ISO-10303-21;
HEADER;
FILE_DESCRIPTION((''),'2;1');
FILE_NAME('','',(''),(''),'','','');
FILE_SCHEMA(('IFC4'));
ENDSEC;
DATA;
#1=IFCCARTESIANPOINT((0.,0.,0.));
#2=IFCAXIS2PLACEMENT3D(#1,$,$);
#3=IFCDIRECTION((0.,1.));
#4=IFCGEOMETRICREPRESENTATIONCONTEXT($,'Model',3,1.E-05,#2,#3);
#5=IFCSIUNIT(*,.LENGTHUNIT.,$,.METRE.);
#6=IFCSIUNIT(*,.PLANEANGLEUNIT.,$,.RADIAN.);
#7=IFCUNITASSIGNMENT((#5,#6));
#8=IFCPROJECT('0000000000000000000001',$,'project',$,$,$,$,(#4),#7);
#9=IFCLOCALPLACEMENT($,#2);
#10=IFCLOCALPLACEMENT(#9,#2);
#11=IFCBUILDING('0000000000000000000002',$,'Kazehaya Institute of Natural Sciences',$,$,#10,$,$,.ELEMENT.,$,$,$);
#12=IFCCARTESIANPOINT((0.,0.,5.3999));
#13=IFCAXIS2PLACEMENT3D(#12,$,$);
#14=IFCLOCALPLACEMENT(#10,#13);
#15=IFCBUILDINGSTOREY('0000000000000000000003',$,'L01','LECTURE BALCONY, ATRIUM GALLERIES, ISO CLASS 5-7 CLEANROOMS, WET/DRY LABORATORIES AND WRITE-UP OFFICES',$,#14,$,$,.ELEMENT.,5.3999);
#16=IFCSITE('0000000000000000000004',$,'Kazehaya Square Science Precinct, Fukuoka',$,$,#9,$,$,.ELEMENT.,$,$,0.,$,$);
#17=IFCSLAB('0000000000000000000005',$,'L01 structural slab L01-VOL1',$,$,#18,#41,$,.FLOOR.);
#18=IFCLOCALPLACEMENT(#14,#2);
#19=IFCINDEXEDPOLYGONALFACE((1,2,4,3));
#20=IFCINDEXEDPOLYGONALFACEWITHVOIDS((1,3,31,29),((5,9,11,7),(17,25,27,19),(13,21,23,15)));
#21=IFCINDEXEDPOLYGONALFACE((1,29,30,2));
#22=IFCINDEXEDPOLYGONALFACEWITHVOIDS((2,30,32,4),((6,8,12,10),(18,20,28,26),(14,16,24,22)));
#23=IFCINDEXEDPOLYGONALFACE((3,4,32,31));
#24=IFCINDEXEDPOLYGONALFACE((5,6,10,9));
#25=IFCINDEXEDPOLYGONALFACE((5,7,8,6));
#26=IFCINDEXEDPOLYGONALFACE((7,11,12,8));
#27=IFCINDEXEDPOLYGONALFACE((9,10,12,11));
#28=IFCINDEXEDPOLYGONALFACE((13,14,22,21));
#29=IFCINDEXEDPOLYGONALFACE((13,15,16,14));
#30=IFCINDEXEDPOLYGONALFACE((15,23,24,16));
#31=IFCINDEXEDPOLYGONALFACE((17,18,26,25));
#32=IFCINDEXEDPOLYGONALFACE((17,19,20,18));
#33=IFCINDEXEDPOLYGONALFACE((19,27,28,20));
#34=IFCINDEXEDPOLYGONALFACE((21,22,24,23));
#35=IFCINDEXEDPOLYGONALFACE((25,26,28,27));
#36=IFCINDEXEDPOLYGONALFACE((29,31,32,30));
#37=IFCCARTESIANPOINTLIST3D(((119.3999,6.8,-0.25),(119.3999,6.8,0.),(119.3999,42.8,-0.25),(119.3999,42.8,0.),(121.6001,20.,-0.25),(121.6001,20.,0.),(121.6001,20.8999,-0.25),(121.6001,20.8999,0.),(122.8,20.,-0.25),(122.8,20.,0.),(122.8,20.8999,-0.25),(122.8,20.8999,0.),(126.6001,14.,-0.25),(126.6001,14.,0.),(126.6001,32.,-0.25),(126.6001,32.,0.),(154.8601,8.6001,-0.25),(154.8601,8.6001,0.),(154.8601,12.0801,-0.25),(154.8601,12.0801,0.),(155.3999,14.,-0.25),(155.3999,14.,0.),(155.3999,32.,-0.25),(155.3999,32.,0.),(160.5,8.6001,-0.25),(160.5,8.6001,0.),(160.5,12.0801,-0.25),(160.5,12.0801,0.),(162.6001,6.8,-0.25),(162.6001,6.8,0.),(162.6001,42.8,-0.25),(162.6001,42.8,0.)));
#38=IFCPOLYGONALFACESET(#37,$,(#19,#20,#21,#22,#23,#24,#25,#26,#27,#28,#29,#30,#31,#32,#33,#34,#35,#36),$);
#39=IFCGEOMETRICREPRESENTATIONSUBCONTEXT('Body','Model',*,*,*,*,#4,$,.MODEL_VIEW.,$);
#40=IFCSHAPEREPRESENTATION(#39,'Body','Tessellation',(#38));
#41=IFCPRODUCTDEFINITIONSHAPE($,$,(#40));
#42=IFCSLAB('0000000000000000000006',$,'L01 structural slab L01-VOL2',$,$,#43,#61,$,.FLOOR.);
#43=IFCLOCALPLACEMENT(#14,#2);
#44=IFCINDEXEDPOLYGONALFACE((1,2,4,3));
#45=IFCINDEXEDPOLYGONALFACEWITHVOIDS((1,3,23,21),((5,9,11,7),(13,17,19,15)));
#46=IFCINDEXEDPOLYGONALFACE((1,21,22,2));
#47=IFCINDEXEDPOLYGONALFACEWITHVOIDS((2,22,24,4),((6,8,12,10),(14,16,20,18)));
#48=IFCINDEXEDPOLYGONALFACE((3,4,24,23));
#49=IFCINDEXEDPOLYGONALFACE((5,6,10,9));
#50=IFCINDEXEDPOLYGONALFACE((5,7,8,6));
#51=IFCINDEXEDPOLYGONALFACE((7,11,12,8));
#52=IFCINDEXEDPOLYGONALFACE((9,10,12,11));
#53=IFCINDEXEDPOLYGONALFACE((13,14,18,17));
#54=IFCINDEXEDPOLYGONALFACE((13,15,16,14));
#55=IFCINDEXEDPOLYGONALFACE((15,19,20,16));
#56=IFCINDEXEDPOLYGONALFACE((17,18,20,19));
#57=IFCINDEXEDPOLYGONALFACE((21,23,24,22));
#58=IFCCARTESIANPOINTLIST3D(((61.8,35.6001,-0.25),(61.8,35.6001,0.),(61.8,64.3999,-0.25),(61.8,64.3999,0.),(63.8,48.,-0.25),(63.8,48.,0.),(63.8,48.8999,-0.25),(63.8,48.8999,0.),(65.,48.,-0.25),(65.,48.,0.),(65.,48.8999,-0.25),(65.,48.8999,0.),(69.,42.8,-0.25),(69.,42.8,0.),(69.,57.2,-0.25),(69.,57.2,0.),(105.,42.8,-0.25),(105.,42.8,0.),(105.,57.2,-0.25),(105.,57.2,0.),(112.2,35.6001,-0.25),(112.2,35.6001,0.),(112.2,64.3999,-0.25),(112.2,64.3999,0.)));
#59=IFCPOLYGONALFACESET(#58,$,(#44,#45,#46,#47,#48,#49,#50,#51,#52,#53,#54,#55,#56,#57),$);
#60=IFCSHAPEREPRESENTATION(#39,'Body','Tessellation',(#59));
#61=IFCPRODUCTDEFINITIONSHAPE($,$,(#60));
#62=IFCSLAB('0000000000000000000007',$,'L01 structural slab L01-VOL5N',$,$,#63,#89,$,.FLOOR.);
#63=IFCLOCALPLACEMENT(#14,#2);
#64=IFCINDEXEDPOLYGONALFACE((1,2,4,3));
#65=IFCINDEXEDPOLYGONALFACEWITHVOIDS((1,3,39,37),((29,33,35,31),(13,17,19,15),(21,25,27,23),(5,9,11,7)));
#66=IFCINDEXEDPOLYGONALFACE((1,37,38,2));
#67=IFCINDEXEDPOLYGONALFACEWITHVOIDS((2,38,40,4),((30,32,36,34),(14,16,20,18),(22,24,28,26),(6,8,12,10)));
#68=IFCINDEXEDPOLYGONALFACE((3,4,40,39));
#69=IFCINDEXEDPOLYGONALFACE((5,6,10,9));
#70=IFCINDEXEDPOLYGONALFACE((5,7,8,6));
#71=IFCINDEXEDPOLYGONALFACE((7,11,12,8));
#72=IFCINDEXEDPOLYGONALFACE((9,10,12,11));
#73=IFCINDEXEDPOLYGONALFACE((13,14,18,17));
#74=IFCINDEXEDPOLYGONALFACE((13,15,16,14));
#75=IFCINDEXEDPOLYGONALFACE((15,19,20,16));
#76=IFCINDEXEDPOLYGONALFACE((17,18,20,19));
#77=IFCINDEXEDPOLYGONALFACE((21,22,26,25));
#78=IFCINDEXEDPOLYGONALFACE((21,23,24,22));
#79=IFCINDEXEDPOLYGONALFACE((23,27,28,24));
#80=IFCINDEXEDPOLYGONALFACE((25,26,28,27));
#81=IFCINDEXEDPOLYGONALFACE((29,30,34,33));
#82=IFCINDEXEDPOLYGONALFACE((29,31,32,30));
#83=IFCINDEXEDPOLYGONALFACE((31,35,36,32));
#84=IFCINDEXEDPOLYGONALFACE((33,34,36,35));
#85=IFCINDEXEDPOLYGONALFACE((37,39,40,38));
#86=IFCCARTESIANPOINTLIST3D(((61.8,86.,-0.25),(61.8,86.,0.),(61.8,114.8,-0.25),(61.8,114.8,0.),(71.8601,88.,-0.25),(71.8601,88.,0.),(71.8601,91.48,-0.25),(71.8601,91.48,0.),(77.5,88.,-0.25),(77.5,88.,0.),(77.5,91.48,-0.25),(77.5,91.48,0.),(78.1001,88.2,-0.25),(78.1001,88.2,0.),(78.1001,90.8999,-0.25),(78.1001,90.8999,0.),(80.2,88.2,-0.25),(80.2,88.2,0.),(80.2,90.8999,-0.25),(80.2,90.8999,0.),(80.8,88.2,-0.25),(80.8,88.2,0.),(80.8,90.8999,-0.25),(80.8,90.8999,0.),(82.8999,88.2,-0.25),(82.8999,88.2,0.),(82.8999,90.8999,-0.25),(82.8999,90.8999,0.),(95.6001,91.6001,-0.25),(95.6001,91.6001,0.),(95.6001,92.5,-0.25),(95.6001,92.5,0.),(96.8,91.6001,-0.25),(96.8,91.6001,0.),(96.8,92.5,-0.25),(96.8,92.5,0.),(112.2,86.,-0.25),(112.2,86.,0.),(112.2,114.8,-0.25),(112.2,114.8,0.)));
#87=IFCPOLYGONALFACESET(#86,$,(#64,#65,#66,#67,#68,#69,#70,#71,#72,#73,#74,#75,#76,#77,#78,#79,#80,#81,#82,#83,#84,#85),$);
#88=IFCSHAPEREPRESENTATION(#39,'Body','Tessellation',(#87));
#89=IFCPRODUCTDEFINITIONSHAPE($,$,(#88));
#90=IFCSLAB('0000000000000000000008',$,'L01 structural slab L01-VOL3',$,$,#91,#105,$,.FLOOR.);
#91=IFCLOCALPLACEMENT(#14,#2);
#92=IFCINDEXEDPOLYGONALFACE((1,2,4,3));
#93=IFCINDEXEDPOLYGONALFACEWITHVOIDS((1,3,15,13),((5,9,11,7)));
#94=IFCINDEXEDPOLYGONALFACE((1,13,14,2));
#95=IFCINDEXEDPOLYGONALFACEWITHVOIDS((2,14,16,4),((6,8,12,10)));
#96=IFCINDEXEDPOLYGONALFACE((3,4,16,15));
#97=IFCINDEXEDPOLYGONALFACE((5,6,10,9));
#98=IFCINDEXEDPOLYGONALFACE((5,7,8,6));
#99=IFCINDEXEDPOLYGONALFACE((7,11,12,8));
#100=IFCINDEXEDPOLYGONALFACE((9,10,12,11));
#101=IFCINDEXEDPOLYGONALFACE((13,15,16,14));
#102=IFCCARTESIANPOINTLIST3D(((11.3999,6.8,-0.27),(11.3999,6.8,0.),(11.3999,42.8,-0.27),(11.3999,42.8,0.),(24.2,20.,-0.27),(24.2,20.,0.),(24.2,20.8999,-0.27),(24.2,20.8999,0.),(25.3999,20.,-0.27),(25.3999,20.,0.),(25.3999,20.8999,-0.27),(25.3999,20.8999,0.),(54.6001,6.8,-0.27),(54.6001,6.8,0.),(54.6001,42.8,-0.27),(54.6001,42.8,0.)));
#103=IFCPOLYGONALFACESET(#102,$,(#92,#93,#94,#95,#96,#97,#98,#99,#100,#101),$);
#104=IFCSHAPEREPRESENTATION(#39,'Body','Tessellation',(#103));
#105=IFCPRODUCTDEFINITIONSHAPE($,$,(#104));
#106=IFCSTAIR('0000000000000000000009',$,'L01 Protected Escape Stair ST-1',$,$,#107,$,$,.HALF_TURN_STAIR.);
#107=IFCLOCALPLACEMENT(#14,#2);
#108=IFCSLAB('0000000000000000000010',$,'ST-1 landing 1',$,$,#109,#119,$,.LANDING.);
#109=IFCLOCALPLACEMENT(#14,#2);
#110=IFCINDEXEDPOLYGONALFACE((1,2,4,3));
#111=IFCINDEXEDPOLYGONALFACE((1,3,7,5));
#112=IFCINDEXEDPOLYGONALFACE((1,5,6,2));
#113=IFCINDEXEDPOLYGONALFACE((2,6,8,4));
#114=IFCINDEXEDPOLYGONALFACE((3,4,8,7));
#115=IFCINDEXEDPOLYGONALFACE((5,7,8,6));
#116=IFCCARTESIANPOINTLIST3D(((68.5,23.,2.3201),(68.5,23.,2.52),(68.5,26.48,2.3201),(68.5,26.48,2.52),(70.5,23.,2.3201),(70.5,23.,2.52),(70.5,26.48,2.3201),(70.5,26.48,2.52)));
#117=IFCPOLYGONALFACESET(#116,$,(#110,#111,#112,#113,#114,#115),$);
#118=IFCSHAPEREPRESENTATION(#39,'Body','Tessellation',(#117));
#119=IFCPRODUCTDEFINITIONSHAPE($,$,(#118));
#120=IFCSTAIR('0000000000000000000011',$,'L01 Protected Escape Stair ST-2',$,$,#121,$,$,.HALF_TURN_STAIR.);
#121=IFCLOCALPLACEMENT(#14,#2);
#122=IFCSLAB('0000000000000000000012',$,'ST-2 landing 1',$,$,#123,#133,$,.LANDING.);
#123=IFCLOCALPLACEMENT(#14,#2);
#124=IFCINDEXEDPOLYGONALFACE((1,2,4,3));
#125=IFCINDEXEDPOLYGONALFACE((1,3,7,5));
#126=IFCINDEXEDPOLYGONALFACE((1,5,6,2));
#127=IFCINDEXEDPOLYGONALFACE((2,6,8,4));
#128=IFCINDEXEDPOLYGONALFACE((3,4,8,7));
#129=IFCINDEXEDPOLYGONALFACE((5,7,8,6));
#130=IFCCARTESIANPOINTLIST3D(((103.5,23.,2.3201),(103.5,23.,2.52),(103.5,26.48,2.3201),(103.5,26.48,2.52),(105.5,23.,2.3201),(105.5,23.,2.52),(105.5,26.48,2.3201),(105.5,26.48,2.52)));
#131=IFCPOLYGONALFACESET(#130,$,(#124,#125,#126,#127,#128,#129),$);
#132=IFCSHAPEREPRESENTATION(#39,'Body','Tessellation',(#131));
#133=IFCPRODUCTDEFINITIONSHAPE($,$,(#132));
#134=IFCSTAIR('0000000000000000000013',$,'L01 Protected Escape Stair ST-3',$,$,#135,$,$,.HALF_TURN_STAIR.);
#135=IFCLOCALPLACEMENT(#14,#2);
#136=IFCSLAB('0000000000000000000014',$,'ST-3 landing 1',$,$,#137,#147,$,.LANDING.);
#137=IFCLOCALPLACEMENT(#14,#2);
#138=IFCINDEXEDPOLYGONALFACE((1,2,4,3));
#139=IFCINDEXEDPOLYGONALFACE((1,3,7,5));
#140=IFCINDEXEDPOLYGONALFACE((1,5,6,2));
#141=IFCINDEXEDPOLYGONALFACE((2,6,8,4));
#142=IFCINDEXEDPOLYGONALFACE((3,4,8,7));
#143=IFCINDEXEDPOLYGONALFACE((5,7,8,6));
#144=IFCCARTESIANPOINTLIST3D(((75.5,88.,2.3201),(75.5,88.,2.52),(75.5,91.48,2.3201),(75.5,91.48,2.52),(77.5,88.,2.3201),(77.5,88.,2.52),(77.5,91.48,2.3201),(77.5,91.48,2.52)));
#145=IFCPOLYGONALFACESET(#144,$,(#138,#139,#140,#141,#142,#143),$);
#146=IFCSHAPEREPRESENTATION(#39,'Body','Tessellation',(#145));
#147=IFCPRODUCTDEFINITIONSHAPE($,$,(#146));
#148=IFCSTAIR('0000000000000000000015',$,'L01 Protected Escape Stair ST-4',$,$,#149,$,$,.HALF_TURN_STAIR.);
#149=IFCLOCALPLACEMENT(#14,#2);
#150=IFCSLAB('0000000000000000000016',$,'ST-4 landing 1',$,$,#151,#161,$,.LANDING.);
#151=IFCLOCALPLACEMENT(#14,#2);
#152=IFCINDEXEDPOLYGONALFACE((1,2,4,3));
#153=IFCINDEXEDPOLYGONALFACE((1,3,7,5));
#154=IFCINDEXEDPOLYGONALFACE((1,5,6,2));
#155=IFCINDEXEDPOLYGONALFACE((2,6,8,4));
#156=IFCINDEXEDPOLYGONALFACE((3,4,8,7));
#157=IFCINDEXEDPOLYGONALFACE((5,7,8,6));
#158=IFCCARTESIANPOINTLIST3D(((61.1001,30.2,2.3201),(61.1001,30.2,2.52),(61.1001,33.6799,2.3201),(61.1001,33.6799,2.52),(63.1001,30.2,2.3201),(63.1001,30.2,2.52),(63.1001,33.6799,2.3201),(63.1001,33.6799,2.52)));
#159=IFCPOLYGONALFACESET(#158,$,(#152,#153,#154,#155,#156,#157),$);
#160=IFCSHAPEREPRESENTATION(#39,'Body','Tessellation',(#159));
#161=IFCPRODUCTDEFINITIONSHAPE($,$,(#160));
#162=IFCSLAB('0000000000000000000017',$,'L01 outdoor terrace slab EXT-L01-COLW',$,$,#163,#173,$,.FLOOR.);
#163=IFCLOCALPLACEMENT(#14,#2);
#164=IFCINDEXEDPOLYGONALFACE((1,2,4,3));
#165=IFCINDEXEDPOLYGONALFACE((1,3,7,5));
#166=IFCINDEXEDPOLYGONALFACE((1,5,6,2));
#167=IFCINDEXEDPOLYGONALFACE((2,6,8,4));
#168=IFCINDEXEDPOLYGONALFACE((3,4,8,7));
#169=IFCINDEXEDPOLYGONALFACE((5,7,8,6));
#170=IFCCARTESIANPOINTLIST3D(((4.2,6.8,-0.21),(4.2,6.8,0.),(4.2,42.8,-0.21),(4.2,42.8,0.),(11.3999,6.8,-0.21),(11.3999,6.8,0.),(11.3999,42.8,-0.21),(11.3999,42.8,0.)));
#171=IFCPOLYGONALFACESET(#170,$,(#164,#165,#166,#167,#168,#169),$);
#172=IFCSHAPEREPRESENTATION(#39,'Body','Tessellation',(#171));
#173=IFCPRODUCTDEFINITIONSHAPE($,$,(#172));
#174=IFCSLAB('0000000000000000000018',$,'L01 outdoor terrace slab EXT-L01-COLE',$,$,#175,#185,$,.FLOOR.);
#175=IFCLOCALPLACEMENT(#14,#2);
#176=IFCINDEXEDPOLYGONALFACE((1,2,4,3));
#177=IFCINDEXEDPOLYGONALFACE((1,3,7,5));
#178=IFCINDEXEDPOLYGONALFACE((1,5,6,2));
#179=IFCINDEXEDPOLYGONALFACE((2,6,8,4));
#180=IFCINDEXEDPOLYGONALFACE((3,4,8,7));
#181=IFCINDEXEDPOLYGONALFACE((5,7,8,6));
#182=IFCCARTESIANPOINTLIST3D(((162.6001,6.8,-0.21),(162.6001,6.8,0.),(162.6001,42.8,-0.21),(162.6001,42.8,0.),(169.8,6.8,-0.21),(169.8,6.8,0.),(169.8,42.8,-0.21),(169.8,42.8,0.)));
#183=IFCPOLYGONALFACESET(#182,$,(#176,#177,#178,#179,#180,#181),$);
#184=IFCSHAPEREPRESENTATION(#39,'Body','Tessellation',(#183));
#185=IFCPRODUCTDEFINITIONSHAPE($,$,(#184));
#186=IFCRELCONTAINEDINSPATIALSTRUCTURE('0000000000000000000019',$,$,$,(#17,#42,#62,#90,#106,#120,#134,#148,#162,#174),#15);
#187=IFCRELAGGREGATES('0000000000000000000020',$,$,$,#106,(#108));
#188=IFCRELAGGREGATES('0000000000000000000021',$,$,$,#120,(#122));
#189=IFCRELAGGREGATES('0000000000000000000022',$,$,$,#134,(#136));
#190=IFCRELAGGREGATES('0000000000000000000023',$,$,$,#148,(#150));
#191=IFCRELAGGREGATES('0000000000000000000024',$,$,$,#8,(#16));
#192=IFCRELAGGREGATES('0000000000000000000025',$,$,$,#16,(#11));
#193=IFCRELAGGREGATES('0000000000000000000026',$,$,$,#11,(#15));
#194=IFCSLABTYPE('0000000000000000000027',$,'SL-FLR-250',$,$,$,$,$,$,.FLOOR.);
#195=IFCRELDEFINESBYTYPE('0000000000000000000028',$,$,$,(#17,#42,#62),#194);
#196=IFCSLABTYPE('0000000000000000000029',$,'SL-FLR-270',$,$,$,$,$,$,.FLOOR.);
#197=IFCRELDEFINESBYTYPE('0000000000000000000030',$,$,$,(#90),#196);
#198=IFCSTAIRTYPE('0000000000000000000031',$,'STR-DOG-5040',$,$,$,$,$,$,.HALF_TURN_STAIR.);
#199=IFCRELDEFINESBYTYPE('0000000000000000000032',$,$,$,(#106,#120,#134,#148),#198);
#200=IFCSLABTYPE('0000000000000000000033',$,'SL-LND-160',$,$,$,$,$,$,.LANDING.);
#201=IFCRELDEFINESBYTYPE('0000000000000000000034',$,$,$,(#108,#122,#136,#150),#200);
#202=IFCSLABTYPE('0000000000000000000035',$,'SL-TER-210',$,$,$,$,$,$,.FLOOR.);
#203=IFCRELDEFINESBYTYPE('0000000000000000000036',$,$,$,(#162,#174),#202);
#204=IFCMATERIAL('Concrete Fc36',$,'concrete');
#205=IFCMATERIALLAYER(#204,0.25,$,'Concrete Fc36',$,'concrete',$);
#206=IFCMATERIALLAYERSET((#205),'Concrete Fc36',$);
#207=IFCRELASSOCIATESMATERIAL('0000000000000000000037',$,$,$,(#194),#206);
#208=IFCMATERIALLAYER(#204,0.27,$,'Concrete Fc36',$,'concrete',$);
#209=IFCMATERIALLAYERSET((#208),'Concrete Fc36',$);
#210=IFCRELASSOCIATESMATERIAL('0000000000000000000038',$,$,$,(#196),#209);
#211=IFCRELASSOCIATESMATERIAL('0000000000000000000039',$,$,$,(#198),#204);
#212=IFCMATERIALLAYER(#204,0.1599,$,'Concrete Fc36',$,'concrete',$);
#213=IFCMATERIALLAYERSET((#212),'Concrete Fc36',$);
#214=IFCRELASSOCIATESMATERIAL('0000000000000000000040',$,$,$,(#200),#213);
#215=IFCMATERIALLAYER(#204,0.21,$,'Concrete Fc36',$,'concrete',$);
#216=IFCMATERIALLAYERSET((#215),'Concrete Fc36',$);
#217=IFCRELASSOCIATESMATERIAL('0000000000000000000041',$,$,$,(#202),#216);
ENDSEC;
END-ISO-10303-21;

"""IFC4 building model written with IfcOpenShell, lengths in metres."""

from ifc_helpers import new_model, si_unit, direction, frame, origin, place, context, subcontext, project, spatial, polyline, outline, extrude, material, layer, layer_set, type_object, element, aggregate, save


model = new_model("IFC4")

# Units and contexts
model_context = context("Model", 3, precision=1e-05, world=origin(), true_north=direction((0.0, 1.0)))
body_context = subcontext(model_context, "Body", "Model", "MODEL_VIEW")
ifc_project = project(units=[si_unit("LENGTHUNIT", "METRE"), si_unit("PLANEANGLEUNIT", "RADIAN")], contexts=[model_context])

# Site, building, storey
site_placement = place(None, origin())
site = spatial("IfcSite", under=ifc_project, at=site_placement, Name="Kazehaya Square Science Precinct, Fukuoka", CompositionType="ELEMENT", RefElevation=0.0)
building_placement = place(site_placement, origin())
building = spatial("IfcBuilding", under=site, at=building_placement, Name="Kazehaya Institute of Natural Sciences", CompositionType="ELEMENT")
storey_placement = place(building_placement, frame((0.0, 0.0, 5.3999)))
storey = spatial("IfcBuildingStorey", under=building, at=storey_placement, Name="L01", Description="LECTURE BALCONY, ATRIUM GALLERIES, ISO CLASS 5-7 CLEANROOMS, WET/DRY LABORATORIES AND WRITE-UP OFFICES", CompositionType="ELEMENT", Elevation=5.3999)

# Shared definitions
ifc_material_1 = material(Name="Concrete Fc36", Category="concrete")

# Slabs
ifc_layer_1 = layer(ifc_material_1, 0.25, Name="Concrete Fc36", Category="concrete")
ifc_layer_set_1 = layer_set([ifc_layer_1], Name="Concrete Fc36")
slab_type_1 = type_object("IfcSlabType", Name="SL-FLR-250", PredefinedType="FLOOR", material=ifc_layer_set_1)
slab_1_placement = place(storey_placement, frame((0.0, 0.0, -0.25)))
element("IfcSlab", 1, at=slab_1_placement, inside=storey, type_object=slab_type_1, Name="L01 structural slab L01-VOL1", PredefinedType="FLOOR", context=body_context, shape_type="SweptSolid", body=[
    extrude(outline(polyline([(119.3999, 6.8), (162.6001, 6.8), (162.6001, 42.8), (119.3999, 42.8), (119.3999, 6.8)]), holes=[polyline([(121.6001, 20.0), (122.8, 20.0), (122.8, 20.8999), (121.6001, 20.8999), (121.6001, 20.0)]), polyline([(154.8601, 8.6001), (160.5, 8.6001), (160.5, 12.0801), (154.8601, 12.0801), (154.8601, 8.6001)]), polyline([(126.6001, 14.0), (155.3999, 14.0), (155.3999, 32.0), (126.6001, 32.0), (126.6001, 14.0)])]), origin(), (0.0, 0.0, 1.0), 0.25),
])
slab_2_placement = place(storey_placement, frame((0.0, 0.0, -0.25)))
element("IfcSlab", 2, at=slab_2_placement, inside=storey, type_object=slab_type_1, Name="L01 structural slab L01-VOL2", PredefinedType="FLOOR", context=body_context, shape_type="SweptSolid", body=[
    extrude(outline(polyline([(61.8, 35.6001), (112.2, 35.6001), (112.2, 64.3999), (61.8, 64.3999), (61.8, 35.6001)]), holes=[polyline([(63.8, 48.0), (65.0, 48.0), (65.0, 48.8999), (63.8, 48.8999), (63.8, 48.0)]), polyline([(69.0, 42.8), (105.0, 42.8), (105.0, 57.2), (69.0, 57.2), (69.0, 42.8)])]), origin(), (0.0, 0.0, 1.0), 0.25),
])
slab_3_placement = place(storey_placement, frame((0.0, 0.0, -0.25)))
element("IfcSlab", 3, at=slab_3_placement, inside=storey, type_object=slab_type_1, Name="L01 structural slab L01-VOL5N", PredefinedType="FLOOR", context=body_context, shape_type="SweptSolid", body=[
    extrude(outline(polyline([(61.8, 86.0), (112.2, 86.0), (112.2, 114.8), (61.8, 114.8), (61.8, 86.0)]), holes=[polyline([(95.6001, 91.6001), (96.8, 91.6001), (96.8, 92.5), (95.6001, 92.5), (95.6001, 91.6001)]), polyline([(71.8601, 88.0), (77.5, 88.0), (77.5, 91.48), (71.8601, 91.48), (71.8601, 88.0)]), polyline([(78.1001, 88.2), (80.2, 88.2), (80.2, 90.8999), (78.1001, 90.8999), (78.1001, 88.2)]), polyline([(80.8, 88.2), (82.8999, 88.2), (82.8999, 90.8999), (80.8, 90.8999), (80.8, 88.2)])]), origin(), (0.0, 0.0, 1.0), 0.25),
])
ifc_layer_2 = layer(ifc_material_1, 0.27, Name="Concrete Fc36", Category="concrete")
ifc_layer_set_2 = layer_set([ifc_layer_2], Name="Concrete Fc36")
slab_type_2 = type_object("IfcSlabType", Name="SL-FLR-270", PredefinedType="FLOOR", material=ifc_layer_set_2)
slab_4_placement = place(storey_placement, frame((0.0, 0.0, -0.27)))
element("IfcSlab", 4, at=slab_4_placement, inside=storey, type_object=slab_type_2, Name="L01 structural slab L01-VOL3", PredefinedType="FLOOR", context=body_context, shape_type="SweptSolid", body=[
    extrude(outline(polyline([(11.3999, 6.8), (54.6001, 6.8), (54.6001, 42.8), (11.3999, 42.8), (11.3999, 6.8)]), holes=[polyline([(24.2, 20.0), (25.3999, 20.0), (25.3999, 20.8999), (24.2, 20.8999), (24.2, 20.0)])]), origin(), (0.0, 0.0, 1.0), 0.27),
])

# Stairs, slabs
stair_type = type_object("IfcStairType", Name="STR-DOG-5040", PredefinedType="HALF_TURN_STAIR", material=ifc_material_1)
stair_1_placement = place(storey_placement, origin())
stair_1 = element("IfcStair", 5, at=stair_1_placement, inside=storey, type_object=stair_type, Name="L01 Protected Escape Stair ST-1", PredefinedType="HALF_TURN_STAIR")
ifc_layer_3 = layer(ifc_material_1, 0.1599, Name="Concrete Fc36", Category="concrete")
ifc_layer_set_3 = layer_set([ifc_layer_3], Name="Concrete Fc36")
slab_type_3 = type_object("IfcSlabType", Name="SL-LND-160", PredefinedType="LANDING", material=ifc_layer_set_3)
slab_5_placement = place(storey_placement, frame((0.0, 0.0, 2.3201)))
slab_5 = element("IfcSlab", 6, at=slab_5_placement, type_object=slab_type_3, Name="ST-1 landing 1", PredefinedType="LANDING", context=body_context, shape_type="SweptSolid", body=[
    extrude(outline(polyline([(68.5, 23.0), (70.5, 23.0), (70.5, 26.48), (68.5, 26.48), (68.5, 23.0)])), origin(), (0.0, 0.0, 1.0), 0.2),
])
aggregate(stair_1, [slab_5])
stair_2_placement = place(storey_placement, origin())
stair_2 = element("IfcStair", 7, at=stair_2_placement, inside=storey, type_object=stair_type, Name="L01 Protected Escape Stair ST-2", PredefinedType="HALF_TURN_STAIR")
slab_6_placement = place(storey_placement, frame((0.0, 0.0, 2.3201)))
slab_6 = element("IfcSlab", 8, at=slab_6_placement, type_object=slab_type_3, Name="ST-2 landing 1", PredefinedType="LANDING", context=body_context, shape_type="SweptSolid", body=[
    extrude(outline(polyline([(105.5, 26.48), (103.5, 26.48), (103.5, 23.0), (105.5, 23.0), (105.5, 26.48)])), origin(), (0.0, 0.0, 1.0), 0.2),
])
aggregate(stair_2, [slab_6])
stair_3_placement = place(storey_placement, origin())
stair_3 = element("IfcStair", 9, at=stair_3_placement, inside=storey, type_object=stair_type, Name="L01 Protected Escape Stair ST-3", PredefinedType="HALF_TURN_STAIR")
slab_7_placement = place(storey_placement, frame((0.0, 0.0, 2.3201)))
slab_7 = element("IfcSlab", 10, at=slab_7_placement, type_object=slab_type_3, Name="ST-3 landing 1", PredefinedType="LANDING", context=body_context, shape_type="SweptSolid", body=[
    extrude(outline(polyline([(75.5, 88.0), (77.5, 88.0), (77.5, 91.48), (75.5, 91.48), (75.5, 88.0)])), origin(), (0.0, 0.0, 1.0), 0.2),
])
aggregate(stair_3, [slab_7])
stair_4_placement = place(storey_placement, origin())
stair_4 = element("IfcStair", 11, at=stair_4_placement, inside=storey, type_object=stair_type, Name="L01 Protected Escape Stair ST-4", PredefinedType="HALF_TURN_STAIR")
slab_8_placement = place(storey_placement, frame((0.0, 0.0, 2.3201)))
slab_8 = element("IfcSlab", 12, at=slab_8_placement, type_object=slab_type_3, Name="ST-4 landing 1", PredefinedType="LANDING", context=body_context, shape_type="SweptSolid", body=[
    extrude(outline(polyline([(61.1001, 30.2), (63.1001, 30.2), (63.1001, 33.6799), (61.1001, 33.6799), (61.1001, 30.2)])), origin(), (0.0, 0.0, 1.0), 0.2),
])
aggregate(stair_4, [slab_8])

# Slabs
ifc_layer_4 = layer(ifc_material_1, 0.21, Name="Concrete Fc36", Category="concrete")
ifc_layer_set_4 = layer_set([ifc_layer_4], Name="Concrete Fc36")
slab_type_4 = type_object("IfcSlabType", Name="SL-TER-210", PredefinedType="FLOOR", material=ifc_layer_set_4)
slab_9_placement = place(storey_placement, frame((0.0, 0.0, -0.21)))
element("IfcSlab", 13, at=slab_9_placement, inside=storey, type_object=slab_type_4, Name="L01 outdoor terrace slab EXT-L01-COLW", PredefinedType="FLOOR", context=body_context, shape_type="SweptSolid", body=[
    extrude(outline(polyline([(4.2, 6.8), (11.3999, 6.8), (11.3999, 42.8), (4.2, 42.8), (4.2, 6.8)])), origin(), (0.0, 0.0, 1.0), 0.21),
])
slab_10_placement = place(storey_placement, frame((0.0, 0.0, -0.21)))
element("IfcSlab", 14, at=slab_10_placement, inside=storey, type_object=slab_type_4, Name="L01 outdoor terrace slab EXT-L01-COLE", PredefinedType="FLOOR", context=body_context, shape_type="SweptSolid", body=[
    extrude(outline(polyline([(162.6001, 6.8), (169.8, 6.8), (169.8, 42.8), (162.6001, 42.8), (162.6001, 6.8)])), origin(), (0.0, 0.0, 1.0), 0.21),
])

save(model, "model.ifc")
